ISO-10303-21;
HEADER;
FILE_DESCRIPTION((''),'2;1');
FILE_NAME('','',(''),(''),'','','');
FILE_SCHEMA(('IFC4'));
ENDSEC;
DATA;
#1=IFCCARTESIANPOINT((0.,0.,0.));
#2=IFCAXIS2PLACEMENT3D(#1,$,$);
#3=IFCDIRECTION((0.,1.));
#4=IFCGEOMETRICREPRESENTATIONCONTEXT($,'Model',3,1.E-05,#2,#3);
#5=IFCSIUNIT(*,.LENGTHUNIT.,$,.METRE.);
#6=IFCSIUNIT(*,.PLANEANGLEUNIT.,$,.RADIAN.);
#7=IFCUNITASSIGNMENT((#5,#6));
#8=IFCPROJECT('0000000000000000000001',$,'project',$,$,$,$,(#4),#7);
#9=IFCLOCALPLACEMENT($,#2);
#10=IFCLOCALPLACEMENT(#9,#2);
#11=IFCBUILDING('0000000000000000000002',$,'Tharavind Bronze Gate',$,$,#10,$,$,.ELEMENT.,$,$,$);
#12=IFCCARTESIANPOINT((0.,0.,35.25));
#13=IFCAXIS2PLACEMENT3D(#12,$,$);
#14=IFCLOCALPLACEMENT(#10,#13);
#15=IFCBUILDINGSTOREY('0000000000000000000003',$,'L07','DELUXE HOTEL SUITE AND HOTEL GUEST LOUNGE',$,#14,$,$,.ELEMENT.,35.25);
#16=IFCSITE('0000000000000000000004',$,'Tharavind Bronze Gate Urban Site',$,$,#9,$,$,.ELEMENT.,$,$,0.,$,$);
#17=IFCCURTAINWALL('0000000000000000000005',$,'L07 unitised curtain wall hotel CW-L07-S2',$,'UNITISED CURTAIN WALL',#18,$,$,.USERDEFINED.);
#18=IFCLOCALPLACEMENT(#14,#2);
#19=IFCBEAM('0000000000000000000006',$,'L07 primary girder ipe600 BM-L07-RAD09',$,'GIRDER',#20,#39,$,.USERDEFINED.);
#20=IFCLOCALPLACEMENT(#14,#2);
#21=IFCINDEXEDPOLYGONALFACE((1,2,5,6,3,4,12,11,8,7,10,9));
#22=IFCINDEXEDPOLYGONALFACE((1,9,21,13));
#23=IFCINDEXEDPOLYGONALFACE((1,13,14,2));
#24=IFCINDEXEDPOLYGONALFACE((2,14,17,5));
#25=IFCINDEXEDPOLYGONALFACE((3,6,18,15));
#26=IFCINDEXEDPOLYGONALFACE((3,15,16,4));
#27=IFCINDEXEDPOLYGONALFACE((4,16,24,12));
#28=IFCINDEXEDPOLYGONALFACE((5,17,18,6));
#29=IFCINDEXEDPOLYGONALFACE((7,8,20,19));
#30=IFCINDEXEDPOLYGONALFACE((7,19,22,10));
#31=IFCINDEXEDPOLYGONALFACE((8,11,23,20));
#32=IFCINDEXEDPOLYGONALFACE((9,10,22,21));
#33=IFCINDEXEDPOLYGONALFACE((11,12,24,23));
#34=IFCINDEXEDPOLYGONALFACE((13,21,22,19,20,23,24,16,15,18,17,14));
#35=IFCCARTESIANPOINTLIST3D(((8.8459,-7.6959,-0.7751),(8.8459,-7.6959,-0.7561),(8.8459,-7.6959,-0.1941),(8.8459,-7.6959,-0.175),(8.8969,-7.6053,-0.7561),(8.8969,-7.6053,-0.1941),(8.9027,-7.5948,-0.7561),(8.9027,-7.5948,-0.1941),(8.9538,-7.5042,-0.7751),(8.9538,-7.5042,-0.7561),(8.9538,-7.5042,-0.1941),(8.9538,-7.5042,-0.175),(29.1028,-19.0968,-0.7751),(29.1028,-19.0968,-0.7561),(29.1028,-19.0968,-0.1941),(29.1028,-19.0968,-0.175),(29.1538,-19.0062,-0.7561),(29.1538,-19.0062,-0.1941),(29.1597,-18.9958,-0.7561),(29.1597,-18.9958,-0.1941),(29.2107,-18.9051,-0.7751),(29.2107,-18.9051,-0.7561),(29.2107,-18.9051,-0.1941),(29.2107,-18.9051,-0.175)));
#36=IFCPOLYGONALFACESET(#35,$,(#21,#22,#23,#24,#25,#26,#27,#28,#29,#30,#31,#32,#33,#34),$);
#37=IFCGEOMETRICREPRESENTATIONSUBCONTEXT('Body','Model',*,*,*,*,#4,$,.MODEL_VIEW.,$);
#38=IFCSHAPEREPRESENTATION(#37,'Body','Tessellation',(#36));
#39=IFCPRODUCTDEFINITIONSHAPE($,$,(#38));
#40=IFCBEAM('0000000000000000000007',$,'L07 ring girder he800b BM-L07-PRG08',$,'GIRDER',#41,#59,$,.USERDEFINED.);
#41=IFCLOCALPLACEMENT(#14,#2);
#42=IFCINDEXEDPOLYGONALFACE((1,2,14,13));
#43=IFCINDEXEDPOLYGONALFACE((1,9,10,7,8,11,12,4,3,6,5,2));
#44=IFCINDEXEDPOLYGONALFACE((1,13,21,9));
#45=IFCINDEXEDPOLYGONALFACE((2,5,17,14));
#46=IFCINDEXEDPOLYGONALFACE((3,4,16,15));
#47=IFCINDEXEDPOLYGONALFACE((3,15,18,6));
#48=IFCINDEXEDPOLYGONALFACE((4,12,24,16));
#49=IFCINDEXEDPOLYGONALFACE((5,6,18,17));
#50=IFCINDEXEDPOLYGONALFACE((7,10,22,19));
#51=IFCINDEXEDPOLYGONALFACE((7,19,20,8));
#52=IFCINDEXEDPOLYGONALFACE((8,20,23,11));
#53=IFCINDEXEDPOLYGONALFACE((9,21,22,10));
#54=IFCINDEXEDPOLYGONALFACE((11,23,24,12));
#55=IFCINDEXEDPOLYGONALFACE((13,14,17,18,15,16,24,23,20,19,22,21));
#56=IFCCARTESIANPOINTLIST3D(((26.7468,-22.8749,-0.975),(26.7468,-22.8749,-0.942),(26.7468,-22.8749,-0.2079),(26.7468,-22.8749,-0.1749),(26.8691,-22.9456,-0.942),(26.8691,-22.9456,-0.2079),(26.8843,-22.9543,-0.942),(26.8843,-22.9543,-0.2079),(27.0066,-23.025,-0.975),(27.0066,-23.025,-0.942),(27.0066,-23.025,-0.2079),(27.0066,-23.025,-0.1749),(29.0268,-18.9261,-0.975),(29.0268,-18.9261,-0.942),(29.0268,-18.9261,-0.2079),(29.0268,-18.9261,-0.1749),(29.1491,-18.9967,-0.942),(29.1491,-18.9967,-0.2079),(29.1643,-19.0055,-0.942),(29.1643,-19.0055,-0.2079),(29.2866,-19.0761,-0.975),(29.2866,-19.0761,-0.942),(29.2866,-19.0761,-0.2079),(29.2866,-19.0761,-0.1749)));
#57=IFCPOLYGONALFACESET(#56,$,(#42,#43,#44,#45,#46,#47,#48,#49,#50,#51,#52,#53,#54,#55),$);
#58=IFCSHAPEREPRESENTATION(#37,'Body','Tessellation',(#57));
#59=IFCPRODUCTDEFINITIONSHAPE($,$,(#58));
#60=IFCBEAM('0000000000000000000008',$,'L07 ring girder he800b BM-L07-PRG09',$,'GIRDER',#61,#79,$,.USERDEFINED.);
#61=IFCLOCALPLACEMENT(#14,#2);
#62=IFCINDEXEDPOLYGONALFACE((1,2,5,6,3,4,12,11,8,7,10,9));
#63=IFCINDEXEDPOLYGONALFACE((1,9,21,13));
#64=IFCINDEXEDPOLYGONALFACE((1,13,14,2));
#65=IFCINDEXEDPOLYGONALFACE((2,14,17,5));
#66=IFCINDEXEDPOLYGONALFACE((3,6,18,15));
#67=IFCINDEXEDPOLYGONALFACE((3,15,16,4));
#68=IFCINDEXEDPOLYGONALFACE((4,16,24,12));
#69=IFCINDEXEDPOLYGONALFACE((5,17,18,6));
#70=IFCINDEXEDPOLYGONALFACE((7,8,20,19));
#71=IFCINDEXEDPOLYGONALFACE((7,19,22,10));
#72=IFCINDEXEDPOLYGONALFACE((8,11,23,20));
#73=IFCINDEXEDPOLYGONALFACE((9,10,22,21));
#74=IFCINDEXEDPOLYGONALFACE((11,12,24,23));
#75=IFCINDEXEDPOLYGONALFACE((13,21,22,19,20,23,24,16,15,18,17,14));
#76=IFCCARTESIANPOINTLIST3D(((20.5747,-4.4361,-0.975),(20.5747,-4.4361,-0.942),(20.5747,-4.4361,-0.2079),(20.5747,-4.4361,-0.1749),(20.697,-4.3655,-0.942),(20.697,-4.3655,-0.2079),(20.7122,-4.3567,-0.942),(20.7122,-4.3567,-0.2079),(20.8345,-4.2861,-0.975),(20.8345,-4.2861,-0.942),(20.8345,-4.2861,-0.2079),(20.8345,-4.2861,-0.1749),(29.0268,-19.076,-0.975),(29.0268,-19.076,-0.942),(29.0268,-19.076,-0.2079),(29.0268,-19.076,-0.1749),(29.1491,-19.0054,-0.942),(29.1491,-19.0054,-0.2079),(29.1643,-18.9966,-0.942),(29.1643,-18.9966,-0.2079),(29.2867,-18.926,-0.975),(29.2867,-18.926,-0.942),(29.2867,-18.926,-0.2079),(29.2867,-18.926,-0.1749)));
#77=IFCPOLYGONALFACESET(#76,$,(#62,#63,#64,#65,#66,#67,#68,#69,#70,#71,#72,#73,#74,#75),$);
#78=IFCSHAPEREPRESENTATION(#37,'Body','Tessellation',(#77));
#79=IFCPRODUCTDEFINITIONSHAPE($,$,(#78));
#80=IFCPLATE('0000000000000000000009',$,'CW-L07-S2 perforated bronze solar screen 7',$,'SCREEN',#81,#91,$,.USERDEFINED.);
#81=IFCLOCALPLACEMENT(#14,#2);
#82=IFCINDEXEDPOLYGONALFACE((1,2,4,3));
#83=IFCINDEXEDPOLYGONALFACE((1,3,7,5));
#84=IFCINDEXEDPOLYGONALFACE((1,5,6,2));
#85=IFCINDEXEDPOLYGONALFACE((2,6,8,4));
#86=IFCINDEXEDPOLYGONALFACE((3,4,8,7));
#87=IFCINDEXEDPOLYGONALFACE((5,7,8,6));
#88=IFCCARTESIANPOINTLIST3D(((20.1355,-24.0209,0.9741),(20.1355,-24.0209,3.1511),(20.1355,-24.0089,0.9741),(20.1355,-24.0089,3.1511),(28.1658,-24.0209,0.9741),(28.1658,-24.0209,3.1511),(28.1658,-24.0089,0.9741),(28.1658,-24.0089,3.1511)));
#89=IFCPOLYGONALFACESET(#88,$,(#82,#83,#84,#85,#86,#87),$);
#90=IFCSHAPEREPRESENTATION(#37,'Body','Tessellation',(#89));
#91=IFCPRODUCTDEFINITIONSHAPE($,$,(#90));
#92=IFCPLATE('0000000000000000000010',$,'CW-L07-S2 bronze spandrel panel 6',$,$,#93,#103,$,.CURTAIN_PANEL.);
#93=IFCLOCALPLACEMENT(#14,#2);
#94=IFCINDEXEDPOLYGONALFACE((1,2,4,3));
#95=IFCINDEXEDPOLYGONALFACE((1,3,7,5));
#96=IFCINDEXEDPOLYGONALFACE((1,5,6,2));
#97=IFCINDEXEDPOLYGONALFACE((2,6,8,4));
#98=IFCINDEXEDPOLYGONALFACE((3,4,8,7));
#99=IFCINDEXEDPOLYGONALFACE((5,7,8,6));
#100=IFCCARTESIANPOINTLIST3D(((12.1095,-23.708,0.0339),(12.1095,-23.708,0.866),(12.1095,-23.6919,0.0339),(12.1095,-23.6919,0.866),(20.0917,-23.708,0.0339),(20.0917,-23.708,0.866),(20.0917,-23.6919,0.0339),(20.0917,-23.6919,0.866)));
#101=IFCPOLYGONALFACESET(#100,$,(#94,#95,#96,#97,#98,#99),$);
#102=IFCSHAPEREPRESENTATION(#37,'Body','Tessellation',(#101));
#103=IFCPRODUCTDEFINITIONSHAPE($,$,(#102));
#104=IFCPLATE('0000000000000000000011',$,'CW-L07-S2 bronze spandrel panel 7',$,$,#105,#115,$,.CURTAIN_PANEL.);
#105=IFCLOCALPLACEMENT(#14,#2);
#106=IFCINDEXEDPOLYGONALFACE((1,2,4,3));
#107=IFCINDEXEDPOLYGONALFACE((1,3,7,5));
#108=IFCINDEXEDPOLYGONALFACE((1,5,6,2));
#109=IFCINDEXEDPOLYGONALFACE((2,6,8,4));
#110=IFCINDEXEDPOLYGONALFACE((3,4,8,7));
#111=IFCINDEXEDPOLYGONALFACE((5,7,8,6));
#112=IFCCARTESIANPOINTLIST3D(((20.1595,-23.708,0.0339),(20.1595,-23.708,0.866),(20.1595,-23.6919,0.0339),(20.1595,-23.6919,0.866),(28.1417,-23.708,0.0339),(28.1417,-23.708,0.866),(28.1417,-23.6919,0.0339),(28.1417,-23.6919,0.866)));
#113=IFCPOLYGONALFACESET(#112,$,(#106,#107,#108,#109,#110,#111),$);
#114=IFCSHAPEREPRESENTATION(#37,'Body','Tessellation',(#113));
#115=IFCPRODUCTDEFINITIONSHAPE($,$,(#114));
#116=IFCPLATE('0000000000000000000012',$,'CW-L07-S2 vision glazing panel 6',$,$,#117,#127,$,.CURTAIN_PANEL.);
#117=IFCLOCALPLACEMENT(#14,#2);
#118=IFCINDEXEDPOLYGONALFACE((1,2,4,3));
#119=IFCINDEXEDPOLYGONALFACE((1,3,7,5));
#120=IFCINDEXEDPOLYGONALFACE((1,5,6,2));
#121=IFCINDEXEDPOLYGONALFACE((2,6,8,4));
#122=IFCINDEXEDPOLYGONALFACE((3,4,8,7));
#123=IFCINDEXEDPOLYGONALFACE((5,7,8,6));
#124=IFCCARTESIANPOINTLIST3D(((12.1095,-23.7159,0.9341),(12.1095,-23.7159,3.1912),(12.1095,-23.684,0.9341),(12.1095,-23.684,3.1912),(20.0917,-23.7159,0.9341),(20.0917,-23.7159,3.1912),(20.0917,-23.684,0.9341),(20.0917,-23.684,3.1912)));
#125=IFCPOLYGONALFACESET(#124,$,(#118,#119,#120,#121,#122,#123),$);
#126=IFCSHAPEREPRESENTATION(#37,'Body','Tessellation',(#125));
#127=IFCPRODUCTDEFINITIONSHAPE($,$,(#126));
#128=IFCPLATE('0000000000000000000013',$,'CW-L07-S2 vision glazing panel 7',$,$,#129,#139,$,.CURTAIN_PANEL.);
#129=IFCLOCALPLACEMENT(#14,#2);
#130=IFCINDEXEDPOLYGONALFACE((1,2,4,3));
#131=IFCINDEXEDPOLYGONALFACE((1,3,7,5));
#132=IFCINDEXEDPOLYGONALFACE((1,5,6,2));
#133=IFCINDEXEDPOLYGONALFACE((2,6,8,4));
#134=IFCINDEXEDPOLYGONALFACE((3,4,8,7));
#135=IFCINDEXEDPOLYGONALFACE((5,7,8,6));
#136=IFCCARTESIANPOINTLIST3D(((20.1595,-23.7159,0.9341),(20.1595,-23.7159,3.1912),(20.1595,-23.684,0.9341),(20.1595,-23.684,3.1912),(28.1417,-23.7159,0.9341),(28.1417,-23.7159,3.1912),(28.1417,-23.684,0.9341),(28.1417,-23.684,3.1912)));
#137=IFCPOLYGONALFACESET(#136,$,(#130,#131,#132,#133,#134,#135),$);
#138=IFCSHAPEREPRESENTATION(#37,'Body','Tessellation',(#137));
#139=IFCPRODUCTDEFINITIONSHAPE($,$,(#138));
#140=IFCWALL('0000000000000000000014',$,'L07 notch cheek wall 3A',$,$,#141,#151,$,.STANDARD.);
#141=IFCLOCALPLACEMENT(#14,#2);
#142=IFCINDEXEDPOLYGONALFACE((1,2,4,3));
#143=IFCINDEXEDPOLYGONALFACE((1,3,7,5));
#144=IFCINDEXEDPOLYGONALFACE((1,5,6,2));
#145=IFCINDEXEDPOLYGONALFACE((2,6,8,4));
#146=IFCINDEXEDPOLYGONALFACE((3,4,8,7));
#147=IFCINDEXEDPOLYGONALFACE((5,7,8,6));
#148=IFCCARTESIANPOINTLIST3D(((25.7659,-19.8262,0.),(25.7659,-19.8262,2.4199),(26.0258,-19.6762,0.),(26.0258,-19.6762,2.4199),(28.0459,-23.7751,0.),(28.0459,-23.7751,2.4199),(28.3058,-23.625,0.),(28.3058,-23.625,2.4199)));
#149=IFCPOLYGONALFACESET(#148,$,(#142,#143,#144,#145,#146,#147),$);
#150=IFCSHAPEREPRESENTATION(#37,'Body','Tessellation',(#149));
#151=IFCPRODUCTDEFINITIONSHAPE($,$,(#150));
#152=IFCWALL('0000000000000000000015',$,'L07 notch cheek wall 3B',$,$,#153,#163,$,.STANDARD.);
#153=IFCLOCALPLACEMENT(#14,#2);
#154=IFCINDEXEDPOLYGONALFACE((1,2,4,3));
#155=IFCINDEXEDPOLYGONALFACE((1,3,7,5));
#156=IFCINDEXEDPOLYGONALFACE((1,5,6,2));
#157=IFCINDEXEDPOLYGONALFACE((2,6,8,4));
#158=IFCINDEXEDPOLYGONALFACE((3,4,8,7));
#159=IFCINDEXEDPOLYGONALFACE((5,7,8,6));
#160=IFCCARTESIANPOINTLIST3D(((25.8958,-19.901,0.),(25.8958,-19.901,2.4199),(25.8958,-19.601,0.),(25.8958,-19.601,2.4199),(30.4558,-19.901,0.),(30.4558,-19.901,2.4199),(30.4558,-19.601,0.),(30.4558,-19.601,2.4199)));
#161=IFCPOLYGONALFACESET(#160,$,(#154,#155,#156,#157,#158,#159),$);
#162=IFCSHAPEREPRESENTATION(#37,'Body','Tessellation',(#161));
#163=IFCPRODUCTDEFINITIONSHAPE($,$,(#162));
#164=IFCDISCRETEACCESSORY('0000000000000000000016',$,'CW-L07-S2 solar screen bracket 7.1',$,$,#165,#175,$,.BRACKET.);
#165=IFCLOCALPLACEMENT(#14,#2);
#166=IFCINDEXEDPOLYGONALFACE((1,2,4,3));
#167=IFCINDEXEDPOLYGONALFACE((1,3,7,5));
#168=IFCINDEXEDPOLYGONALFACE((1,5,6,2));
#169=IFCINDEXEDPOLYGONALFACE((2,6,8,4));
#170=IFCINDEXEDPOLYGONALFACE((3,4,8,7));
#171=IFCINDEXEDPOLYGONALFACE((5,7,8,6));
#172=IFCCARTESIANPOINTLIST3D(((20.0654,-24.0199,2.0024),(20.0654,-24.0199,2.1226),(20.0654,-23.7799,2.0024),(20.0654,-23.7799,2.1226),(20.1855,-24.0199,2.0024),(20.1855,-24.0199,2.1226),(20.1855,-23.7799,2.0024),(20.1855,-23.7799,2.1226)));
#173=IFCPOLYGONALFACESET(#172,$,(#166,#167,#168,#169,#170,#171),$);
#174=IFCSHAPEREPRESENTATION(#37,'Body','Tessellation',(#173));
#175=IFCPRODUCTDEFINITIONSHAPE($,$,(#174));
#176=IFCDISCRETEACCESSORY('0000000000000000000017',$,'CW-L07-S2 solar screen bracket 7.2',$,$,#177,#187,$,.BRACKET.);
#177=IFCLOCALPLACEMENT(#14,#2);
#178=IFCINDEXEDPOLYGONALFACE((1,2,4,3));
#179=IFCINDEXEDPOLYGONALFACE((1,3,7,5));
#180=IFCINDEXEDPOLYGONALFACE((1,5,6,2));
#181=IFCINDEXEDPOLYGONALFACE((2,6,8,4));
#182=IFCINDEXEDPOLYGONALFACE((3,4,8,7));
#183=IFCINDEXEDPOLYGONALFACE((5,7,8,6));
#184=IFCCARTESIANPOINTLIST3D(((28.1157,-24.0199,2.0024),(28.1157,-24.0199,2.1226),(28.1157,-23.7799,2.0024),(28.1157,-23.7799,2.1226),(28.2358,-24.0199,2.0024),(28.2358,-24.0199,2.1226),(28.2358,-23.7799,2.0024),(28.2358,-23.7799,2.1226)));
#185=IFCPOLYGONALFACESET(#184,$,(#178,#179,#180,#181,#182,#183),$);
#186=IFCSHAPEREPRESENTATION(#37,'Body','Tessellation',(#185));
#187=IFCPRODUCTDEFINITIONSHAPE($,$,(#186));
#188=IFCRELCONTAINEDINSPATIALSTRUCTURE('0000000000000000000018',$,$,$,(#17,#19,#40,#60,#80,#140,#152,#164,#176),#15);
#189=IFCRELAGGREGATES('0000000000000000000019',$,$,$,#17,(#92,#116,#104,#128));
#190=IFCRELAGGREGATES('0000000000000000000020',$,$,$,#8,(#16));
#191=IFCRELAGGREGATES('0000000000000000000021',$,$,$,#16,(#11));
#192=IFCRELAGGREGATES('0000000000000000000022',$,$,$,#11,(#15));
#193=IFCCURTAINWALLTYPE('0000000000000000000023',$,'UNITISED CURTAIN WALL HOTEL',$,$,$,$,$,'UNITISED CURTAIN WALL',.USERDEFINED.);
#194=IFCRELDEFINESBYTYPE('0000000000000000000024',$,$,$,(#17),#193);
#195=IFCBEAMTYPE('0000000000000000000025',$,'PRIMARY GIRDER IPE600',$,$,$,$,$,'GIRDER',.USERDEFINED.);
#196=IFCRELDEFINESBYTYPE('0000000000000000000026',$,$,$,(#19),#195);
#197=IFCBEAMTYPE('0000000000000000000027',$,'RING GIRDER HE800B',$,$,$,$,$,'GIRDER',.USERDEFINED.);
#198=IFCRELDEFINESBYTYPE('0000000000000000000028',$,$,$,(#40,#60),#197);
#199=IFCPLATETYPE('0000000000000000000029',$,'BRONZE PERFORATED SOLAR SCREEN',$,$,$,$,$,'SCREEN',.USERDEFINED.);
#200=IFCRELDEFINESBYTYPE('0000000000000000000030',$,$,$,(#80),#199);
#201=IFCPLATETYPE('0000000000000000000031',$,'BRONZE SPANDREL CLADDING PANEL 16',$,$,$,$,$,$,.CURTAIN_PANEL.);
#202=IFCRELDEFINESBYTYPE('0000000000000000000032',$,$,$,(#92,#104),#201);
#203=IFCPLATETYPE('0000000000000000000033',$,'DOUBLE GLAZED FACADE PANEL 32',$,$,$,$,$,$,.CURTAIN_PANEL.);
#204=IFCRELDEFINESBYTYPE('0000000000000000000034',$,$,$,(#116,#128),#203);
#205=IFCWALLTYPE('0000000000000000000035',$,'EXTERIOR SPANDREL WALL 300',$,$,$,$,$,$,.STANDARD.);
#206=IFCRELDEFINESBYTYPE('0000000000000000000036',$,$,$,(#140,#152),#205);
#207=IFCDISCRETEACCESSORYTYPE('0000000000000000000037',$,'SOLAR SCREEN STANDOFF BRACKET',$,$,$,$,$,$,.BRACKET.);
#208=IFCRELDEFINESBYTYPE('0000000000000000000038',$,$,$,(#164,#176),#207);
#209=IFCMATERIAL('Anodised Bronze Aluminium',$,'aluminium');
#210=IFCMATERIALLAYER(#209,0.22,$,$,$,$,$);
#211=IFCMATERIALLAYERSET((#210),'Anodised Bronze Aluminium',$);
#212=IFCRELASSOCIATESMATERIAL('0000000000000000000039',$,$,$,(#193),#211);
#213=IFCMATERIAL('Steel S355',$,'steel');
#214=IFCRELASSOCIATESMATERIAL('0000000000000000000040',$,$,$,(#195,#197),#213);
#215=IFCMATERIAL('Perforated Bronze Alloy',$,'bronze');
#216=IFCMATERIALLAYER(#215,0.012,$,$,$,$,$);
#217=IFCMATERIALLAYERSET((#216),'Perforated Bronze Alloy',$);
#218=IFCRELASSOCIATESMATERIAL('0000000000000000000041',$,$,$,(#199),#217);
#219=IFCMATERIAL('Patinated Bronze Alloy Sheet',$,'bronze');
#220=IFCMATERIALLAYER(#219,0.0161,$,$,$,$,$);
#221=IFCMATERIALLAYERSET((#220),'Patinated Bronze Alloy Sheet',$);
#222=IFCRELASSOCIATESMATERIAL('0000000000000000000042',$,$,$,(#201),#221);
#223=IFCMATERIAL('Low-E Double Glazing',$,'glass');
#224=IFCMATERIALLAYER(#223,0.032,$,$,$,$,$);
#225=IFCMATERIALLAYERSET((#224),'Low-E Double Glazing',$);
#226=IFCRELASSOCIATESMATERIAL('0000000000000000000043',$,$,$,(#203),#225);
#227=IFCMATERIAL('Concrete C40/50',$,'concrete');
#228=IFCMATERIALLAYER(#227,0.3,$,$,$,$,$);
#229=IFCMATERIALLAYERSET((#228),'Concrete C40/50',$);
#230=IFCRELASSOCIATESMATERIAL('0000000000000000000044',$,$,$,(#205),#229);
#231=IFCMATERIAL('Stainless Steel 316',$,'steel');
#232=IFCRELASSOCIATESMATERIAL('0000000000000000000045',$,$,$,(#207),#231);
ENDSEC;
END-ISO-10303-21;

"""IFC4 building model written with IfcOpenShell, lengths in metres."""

from ifc_helpers import new_model, si_unit, direction, frame, frame_2d, origin, origin_2d, place, context, subcontext, project, spatial, rectangle, i_section, extrude, material, layer, layer_set, material_profile, profile_set, type_object, element, aggregate, save


model = new_model("IFC4")

# Units and contexts
model_context = context("Model", 3, precision=1e-05, world=origin(), true_north=direction((0.0, 1.0)))
body_context = subcontext(model_context, "Body", "Model", "MODEL_VIEW")
ifc_project = project(units=[si_unit("LENGTHUNIT", "METRE"), si_unit("PLANEANGLEUNIT", "RADIAN")], contexts=[model_context])

# Site, building, storey
site_placement = place(None, origin())
site = spatial("IfcSite", under=ifc_project, at=site_placement, Name="Tharavind Bronze Gate Urban Site", CompositionType="ELEMENT", RefElevation=0.0)
building_placement = place(site_placement, origin())
building = spatial("IfcBuilding", under=site, at=building_placement, Name="Tharavind Bronze Gate", CompositionType="ELEMENT")
storey_placement = place(building_placement, frame((0.0, 0.0, 35.25)))
storey = spatial("IfcBuildingStorey", under=building, at=storey_placement, Name="L07", Description="DELUXE HOTEL SUITE AND HOTEL GUEST LOUNGE", CompositionType="ELEMENT", Elevation=35.25)

# Curtain wall
ifc_material_1 = material(Name="Anodised Bronze Aluminium", Category="aluminium")
ifc_layer_1 = layer(ifc_material_1, 0.22)
ifc_layer_set_1 = layer_set([ifc_layer_1], Name="Anodised Bronze Aluminium")
curtain_wall_type = type_object("IfcCurtainWallType", Name="UNITISED CURTAIN WALL HOTEL", ElementType="UNITISED CURTAIN WALL", PredefinedType="USERDEFINED", material=ifc_layer_set_1)
curtain_wall_1_placement = place(storey_placement, origin())
curtain_wall_1 = element("IfcCurtainWall", 1, at=curtain_wall_1_placement, inside=storey, type_object=curtain_wall_type, Name="L07 unitised curtain wall hotel CW-L07-S2", ObjectType="UNITISED CURTAIN WALL", PredefinedType="USERDEFINED")

# Beams
ifc_material_2 = material(Name="Steel S355", Category="steel")
ifc_material_profile_1 = material_profile(ifc_material_2, i_section(OverallWidth=0.22, OverallDepth=0.6001, WebThickness=0.012, FlangeThickness=0.019, at=origin_2d()), Name="IPE600")
ifc_profile_set_1 = profile_set([ifc_material_profile_1], Name="Steel S355")
beam_type_1 = type_object("IfcBeamType", Name="PRIMARY GIRDER IPE600", ElementType="GIRDER", PredefinedType="USERDEFINED", material=ifc_profile_set_1)
beam_1_placement = place(storey_placement, frame((29.1567, -19.001, -0.4751), z_axis=(-0.871458, 0.490471, 0.0), x_axis=(-0.490471, -0.871458, 0.0)))
element("IfcBeam", 2, at=beam_1_placement, inside=storey, type_object=beam_type_1, Name="L07 primary girder ipe600 BM-L07-RAD09", ObjectType="GIRDER", PredefinedType="USERDEFINED", context=body_context, shape_type="SweptSolid", body=[
    extrude(i_section(OverallWidth=0.22, OverallDepth=0.6001, WebThickness=0.012, FlangeThickness=0.019, at=origin_2d()), origin(), (0.0, 0.0, 1.0), 23.2449),
])
ifc_material_profile_2 = material_profile(ifc_material_2, i_section(OverallWidth=0.3, OverallDepth=0.8, WebThickness=0.0176, FlangeThickness=0.033, at=origin_2d()), Name="HE800B")
ifc_profile_set_2 = profile_set([ifc_material_profile_2], Name="Steel S355")
beam_type_2 = type_object("IfcBeamType", Name="RING GIRDER HE800B", ElementType="GIRDER", PredefinedType="USERDEFINED", material=ifc_profile_set_2)
beam_2_placement = place(storey_placement, frame((26.8767, -22.95, -0.575), z_axis=(0.500014, 0.866017, 0.0), x_axis=(-0.866017, 0.500014, 0.0)))
element("IfcBeam", 3, at=beam_2_placement, inside=storey, type_object=beam_type_2, Name="L07 ring girder he800b BM-L07-PRG08", ObjectType="GIRDER", PredefinedType="USERDEFINED", context=body_context, shape_type="SweptSolid", body=[
    extrude(i_section(OverallWidth=0.3, OverallDepth=0.8, WebThickness=0.0176, FlangeThickness=0.033, at=origin_2d()), origin(), (0.0, 0.0, 1.0), 4.5598),
])
beam_3_placement = place(storey_placement, frame((29.1567, -19.001, -0.575), z_axis=(-0.499991, 0.86603, 0.0), x_axis=(-0.86603, -0.499991, 0.0)))
element("IfcBeam", 4, at=beam_3_placement, inside=storey, type_object=beam_type_2, Name="L07 ring girder he800b BM-L07-PRG09", ObjectType="GIRDER", PredefinedType="USERDEFINED", context=body_context, shape_type="SweptSolid", body=[
    extrude(i_section(OverallWidth=0.3, OverallDepth=0.8, WebThickness=0.0176, FlangeThickness=0.033, at=origin_2d()), origin(), (0.0, 0.0, 1.0), 16.9045),
])

# Plates
ifc_material_3 = material(Name="Perforated Bronze Alloy", Category="bronze")
ifc_layer_2 = layer(ifc_material_3, 0.012)
ifc_layer_set_2 = layer_set([ifc_layer_2], Name="Perforated Bronze Alloy")
plate_type_1 = type_object("IfcPlateType", Name="BRONZE PERFORATED SOLAR SCREEN", ElementType="SCREEN", PredefinedType="USERDEFINED", material=ifc_layer_set_2)
plate_1_placement = place(storey_placement, frame((24.1506, -24.0149, 0.9741), z_axis=(0.0, 0.0, 1.0), x_axis=(1.0, 0.0, 0.0)))
element("IfcPlate", 5, at=plate_1_placement, inside=storey, type_object=plate_type_1, Name="CW-L07-S2 perforated bronze solar screen 7", ObjectType="SCREEN", PredefinedType="USERDEFINED", context=body_context, shape_type="SweptSolid", body=[
    extrude(rectangle(XDim=8.0303, YDim=0.012, at=origin_2d()), origin(), (0.0, 0.0, 1.0), 2.177),
])
ifc_material_4 = material(Name="Patinated Bronze Alloy Sheet", Category="bronze")
ifc_layer_3 = layer(ifc_material_4, 0.0161)
ifc_layer_set_3 = layer_set([ifc_layer_3], Name="Patinated Bronze Alloy Sheet")
plate_type_2 = type_object("IfcPlateType", Name="BRONZE SPANDREL CLADDING PANEL 16", PredefinedType="CURTAIN_PANEL", material=ifc_layer_set_3)
plate_2_placement = place(storey_placement, frame((16.1006, -23.7, 0.0339), z_axis=(0.0, 0.0, 1.0), x_axis=(1.0, 0.0, 0.0)))
plate_2 = element("IfcPlate", 6, at=plate_2_placement, type_object=plate_type_2, Name="CW-L07-S2 bronze spandrel panel 6", PredefinedType="CURTAIN_PANEL", context=body_context, shape_type="SweptSolid", body=[
    extrude(rectangle(XDim=7.9822, YDim=0.0161, at=origin_2d()), origin(), (0.0, 0.0, 1.0), 0.832),
])
plate_3_placement = place(storey_placement, frame((24.1506, -23.7, 0.0339), z_axis=(0.0, 0.0, 1.0), x_axis=(1.0, 0.0, 0.0)))
plate_3 = element("IfcPlate", 7, at=plate_3_placement, type_object=plate_type_2, Name="CW-L07-S2 bronze spandrel panel 7", PredefinedType="CURTAIN_PANEL", context=body_context, shape_type="SweptSolid", body=[
    extrude(rectangle(XDim=7.9822, YDim=0.0161, at=origin_2d()), origin(), (0.0, 0.0, 1.0), 0.832),
])
ifc_material_5 = material(Name="Low-E Double Glazing", Category="glass")
ifc_layer_4 = layer(ifc_material_5, 0.032)
ifc_layer_set_4 = layer_set([ifc_layer_4], Name="Low-E Double Glazing")
plate_type_3 = type_object("IfcPlateType", Name="DOUBLE GLAZED FACADE PANEL 32", PredefinedType="CURTAIN_PANEL", material=ifc_layer_set_4)
plate_4_placement = place(storey_placement, frame((16.1006, -23.7, 0.9341), z_axis=(0.0, 0.0, 1.0), x_axis=(1.0, 0.0, 0.0)))
plate_4 = element("IfcPlate", 8, at=plate_4_placement, type_object=plate_type_3, Name="CW-L07-S2 vision glazing panel 6", PredefinedType="CURTAIN_PANEL", context=body_context, shape_type="SweptSolid", body=[
    extrude(rectangle(XDim=7.9822, YDim=0.032, at=origin_2d()), origin(), (0.0, 0.0, 1.0), 2.2571),
])
plate_5_placement = place(storey_placement, frame((24.1506, -23.7, 0.9341), z_axis=(0.0, 0.0, 1.0), x_axis=(1.0, 0.0, 0.0)))
plate_5 = element("IfcPlate", 9, at=plate_5_placement, type_object=plate_type_3, Name="CW-L07-S2 vision glazing panel 7", PredefinedType="CURTAIN_PANEL", context=body_context, shape_type="SweptSolid", body=[
    extrude(rectangle(XDim=7.9822, YDim=0.032, at=origin_2d()), origin(), (0.0, 0.0, 1.0), 2.2571),
])
aggregate(curtain_wall_1, [plate_2, plate_4, plate_3, plate_5])

# Walls
ifc_material_6 = material(Name="Concrete C40/50", Category="concrete")
ifc_layer_5 = layer(ifc_material_6, 0.3)
ifc_layer_set_5 = layer_set([ifc_layer_5], Name="Concrete C40/50")
wall_type = type_object("IfcWallType", Name="EXTERIOR SPANDREL WALL 300", PredefinedType="STANDARD", material=ifc_layer_set_5)
wall_1_placement = place(storey_placement, frame((28.1758, -23.7, 0.0), z_axis=(0.0, 0.0, 1.0), x_axis=(-0.500014, 0.866017, 0.0)))
element("IfcWall", 10, at=wall_1_placement, inside=storey, type_object=wall_type, Name="L07 notch cheek wall 3A", PredefinedType="STANDARD", context=body_context, shape_type="SweptSolid", body=[
    extrude(rectangle(XDim=4.5598, YDim=0.3, at=frame_2d((2.2798, 0.0))), origin(), (0.0, 0.0, 1.0), 2.4199),
])
wall_2_placement = place(storey_placement, frame((25.8958, -19.751, 0.0), z_axis=(0.0, 0.0, 1.0), x_axis=(1.0, 0.0, 0.0)))
element("IfcWall", 11, at=wall_2_placement, inside=storey, type_object=wall_type, Name="L07 notch cheek wall 3B", PredefinedType="STANDARD", context=body_context, shape_type="SweptSolid", body=[
    extrude(rectangle(XDim=4.5601, YDim=0.3, at=frame_2d((2.28, 0.0))), origin(), (0.0, 0.0, 1.0), 2.4199),
])

# Discrete accessories
ifc_material_7 = material(Name="Stainless Steel 316", Category="steel")
discrete_accessory_type = type_object("IfcDiscreteAccessoryType", Name="SOLAR SCREEN STANDOFF BRACKET", PredefinedType="BRACKET", material=ifc_material_7)
for number, where, z_axis, x_axis, name in (
    (12, (20.1255, -23.8999, 2.0024), (0.0, 0.0, 1.0), (1.0, 0.0, 0.0), "CW-L07-S2 solar screen bracket 7.1"),
    (13, (28.1758, -23.8999, 2.0024), (0.0, 0.0, 1.0), (1.0, 0.0, 0.0), "CW-L07-S2 solar screen bracket 7.2"),
):
    element("IfcDiscreteAccessory", number, at=place(storey_placement, frame(where, z_axis=z_axis, x_axis=x_axis)), inside=storey, type_object=discrete_accessory_type, Name=name, PredefinedType="BRACKET", context=body_context, shape_type="SweptSolid", body=[
        extrude(rectangle(XDim=0.1201, YDim=0.24, at=origin_2d()), origin(), (0.0, 0.0, 1.0), 0.1201),
    ])

save(model, "model.ifc")
